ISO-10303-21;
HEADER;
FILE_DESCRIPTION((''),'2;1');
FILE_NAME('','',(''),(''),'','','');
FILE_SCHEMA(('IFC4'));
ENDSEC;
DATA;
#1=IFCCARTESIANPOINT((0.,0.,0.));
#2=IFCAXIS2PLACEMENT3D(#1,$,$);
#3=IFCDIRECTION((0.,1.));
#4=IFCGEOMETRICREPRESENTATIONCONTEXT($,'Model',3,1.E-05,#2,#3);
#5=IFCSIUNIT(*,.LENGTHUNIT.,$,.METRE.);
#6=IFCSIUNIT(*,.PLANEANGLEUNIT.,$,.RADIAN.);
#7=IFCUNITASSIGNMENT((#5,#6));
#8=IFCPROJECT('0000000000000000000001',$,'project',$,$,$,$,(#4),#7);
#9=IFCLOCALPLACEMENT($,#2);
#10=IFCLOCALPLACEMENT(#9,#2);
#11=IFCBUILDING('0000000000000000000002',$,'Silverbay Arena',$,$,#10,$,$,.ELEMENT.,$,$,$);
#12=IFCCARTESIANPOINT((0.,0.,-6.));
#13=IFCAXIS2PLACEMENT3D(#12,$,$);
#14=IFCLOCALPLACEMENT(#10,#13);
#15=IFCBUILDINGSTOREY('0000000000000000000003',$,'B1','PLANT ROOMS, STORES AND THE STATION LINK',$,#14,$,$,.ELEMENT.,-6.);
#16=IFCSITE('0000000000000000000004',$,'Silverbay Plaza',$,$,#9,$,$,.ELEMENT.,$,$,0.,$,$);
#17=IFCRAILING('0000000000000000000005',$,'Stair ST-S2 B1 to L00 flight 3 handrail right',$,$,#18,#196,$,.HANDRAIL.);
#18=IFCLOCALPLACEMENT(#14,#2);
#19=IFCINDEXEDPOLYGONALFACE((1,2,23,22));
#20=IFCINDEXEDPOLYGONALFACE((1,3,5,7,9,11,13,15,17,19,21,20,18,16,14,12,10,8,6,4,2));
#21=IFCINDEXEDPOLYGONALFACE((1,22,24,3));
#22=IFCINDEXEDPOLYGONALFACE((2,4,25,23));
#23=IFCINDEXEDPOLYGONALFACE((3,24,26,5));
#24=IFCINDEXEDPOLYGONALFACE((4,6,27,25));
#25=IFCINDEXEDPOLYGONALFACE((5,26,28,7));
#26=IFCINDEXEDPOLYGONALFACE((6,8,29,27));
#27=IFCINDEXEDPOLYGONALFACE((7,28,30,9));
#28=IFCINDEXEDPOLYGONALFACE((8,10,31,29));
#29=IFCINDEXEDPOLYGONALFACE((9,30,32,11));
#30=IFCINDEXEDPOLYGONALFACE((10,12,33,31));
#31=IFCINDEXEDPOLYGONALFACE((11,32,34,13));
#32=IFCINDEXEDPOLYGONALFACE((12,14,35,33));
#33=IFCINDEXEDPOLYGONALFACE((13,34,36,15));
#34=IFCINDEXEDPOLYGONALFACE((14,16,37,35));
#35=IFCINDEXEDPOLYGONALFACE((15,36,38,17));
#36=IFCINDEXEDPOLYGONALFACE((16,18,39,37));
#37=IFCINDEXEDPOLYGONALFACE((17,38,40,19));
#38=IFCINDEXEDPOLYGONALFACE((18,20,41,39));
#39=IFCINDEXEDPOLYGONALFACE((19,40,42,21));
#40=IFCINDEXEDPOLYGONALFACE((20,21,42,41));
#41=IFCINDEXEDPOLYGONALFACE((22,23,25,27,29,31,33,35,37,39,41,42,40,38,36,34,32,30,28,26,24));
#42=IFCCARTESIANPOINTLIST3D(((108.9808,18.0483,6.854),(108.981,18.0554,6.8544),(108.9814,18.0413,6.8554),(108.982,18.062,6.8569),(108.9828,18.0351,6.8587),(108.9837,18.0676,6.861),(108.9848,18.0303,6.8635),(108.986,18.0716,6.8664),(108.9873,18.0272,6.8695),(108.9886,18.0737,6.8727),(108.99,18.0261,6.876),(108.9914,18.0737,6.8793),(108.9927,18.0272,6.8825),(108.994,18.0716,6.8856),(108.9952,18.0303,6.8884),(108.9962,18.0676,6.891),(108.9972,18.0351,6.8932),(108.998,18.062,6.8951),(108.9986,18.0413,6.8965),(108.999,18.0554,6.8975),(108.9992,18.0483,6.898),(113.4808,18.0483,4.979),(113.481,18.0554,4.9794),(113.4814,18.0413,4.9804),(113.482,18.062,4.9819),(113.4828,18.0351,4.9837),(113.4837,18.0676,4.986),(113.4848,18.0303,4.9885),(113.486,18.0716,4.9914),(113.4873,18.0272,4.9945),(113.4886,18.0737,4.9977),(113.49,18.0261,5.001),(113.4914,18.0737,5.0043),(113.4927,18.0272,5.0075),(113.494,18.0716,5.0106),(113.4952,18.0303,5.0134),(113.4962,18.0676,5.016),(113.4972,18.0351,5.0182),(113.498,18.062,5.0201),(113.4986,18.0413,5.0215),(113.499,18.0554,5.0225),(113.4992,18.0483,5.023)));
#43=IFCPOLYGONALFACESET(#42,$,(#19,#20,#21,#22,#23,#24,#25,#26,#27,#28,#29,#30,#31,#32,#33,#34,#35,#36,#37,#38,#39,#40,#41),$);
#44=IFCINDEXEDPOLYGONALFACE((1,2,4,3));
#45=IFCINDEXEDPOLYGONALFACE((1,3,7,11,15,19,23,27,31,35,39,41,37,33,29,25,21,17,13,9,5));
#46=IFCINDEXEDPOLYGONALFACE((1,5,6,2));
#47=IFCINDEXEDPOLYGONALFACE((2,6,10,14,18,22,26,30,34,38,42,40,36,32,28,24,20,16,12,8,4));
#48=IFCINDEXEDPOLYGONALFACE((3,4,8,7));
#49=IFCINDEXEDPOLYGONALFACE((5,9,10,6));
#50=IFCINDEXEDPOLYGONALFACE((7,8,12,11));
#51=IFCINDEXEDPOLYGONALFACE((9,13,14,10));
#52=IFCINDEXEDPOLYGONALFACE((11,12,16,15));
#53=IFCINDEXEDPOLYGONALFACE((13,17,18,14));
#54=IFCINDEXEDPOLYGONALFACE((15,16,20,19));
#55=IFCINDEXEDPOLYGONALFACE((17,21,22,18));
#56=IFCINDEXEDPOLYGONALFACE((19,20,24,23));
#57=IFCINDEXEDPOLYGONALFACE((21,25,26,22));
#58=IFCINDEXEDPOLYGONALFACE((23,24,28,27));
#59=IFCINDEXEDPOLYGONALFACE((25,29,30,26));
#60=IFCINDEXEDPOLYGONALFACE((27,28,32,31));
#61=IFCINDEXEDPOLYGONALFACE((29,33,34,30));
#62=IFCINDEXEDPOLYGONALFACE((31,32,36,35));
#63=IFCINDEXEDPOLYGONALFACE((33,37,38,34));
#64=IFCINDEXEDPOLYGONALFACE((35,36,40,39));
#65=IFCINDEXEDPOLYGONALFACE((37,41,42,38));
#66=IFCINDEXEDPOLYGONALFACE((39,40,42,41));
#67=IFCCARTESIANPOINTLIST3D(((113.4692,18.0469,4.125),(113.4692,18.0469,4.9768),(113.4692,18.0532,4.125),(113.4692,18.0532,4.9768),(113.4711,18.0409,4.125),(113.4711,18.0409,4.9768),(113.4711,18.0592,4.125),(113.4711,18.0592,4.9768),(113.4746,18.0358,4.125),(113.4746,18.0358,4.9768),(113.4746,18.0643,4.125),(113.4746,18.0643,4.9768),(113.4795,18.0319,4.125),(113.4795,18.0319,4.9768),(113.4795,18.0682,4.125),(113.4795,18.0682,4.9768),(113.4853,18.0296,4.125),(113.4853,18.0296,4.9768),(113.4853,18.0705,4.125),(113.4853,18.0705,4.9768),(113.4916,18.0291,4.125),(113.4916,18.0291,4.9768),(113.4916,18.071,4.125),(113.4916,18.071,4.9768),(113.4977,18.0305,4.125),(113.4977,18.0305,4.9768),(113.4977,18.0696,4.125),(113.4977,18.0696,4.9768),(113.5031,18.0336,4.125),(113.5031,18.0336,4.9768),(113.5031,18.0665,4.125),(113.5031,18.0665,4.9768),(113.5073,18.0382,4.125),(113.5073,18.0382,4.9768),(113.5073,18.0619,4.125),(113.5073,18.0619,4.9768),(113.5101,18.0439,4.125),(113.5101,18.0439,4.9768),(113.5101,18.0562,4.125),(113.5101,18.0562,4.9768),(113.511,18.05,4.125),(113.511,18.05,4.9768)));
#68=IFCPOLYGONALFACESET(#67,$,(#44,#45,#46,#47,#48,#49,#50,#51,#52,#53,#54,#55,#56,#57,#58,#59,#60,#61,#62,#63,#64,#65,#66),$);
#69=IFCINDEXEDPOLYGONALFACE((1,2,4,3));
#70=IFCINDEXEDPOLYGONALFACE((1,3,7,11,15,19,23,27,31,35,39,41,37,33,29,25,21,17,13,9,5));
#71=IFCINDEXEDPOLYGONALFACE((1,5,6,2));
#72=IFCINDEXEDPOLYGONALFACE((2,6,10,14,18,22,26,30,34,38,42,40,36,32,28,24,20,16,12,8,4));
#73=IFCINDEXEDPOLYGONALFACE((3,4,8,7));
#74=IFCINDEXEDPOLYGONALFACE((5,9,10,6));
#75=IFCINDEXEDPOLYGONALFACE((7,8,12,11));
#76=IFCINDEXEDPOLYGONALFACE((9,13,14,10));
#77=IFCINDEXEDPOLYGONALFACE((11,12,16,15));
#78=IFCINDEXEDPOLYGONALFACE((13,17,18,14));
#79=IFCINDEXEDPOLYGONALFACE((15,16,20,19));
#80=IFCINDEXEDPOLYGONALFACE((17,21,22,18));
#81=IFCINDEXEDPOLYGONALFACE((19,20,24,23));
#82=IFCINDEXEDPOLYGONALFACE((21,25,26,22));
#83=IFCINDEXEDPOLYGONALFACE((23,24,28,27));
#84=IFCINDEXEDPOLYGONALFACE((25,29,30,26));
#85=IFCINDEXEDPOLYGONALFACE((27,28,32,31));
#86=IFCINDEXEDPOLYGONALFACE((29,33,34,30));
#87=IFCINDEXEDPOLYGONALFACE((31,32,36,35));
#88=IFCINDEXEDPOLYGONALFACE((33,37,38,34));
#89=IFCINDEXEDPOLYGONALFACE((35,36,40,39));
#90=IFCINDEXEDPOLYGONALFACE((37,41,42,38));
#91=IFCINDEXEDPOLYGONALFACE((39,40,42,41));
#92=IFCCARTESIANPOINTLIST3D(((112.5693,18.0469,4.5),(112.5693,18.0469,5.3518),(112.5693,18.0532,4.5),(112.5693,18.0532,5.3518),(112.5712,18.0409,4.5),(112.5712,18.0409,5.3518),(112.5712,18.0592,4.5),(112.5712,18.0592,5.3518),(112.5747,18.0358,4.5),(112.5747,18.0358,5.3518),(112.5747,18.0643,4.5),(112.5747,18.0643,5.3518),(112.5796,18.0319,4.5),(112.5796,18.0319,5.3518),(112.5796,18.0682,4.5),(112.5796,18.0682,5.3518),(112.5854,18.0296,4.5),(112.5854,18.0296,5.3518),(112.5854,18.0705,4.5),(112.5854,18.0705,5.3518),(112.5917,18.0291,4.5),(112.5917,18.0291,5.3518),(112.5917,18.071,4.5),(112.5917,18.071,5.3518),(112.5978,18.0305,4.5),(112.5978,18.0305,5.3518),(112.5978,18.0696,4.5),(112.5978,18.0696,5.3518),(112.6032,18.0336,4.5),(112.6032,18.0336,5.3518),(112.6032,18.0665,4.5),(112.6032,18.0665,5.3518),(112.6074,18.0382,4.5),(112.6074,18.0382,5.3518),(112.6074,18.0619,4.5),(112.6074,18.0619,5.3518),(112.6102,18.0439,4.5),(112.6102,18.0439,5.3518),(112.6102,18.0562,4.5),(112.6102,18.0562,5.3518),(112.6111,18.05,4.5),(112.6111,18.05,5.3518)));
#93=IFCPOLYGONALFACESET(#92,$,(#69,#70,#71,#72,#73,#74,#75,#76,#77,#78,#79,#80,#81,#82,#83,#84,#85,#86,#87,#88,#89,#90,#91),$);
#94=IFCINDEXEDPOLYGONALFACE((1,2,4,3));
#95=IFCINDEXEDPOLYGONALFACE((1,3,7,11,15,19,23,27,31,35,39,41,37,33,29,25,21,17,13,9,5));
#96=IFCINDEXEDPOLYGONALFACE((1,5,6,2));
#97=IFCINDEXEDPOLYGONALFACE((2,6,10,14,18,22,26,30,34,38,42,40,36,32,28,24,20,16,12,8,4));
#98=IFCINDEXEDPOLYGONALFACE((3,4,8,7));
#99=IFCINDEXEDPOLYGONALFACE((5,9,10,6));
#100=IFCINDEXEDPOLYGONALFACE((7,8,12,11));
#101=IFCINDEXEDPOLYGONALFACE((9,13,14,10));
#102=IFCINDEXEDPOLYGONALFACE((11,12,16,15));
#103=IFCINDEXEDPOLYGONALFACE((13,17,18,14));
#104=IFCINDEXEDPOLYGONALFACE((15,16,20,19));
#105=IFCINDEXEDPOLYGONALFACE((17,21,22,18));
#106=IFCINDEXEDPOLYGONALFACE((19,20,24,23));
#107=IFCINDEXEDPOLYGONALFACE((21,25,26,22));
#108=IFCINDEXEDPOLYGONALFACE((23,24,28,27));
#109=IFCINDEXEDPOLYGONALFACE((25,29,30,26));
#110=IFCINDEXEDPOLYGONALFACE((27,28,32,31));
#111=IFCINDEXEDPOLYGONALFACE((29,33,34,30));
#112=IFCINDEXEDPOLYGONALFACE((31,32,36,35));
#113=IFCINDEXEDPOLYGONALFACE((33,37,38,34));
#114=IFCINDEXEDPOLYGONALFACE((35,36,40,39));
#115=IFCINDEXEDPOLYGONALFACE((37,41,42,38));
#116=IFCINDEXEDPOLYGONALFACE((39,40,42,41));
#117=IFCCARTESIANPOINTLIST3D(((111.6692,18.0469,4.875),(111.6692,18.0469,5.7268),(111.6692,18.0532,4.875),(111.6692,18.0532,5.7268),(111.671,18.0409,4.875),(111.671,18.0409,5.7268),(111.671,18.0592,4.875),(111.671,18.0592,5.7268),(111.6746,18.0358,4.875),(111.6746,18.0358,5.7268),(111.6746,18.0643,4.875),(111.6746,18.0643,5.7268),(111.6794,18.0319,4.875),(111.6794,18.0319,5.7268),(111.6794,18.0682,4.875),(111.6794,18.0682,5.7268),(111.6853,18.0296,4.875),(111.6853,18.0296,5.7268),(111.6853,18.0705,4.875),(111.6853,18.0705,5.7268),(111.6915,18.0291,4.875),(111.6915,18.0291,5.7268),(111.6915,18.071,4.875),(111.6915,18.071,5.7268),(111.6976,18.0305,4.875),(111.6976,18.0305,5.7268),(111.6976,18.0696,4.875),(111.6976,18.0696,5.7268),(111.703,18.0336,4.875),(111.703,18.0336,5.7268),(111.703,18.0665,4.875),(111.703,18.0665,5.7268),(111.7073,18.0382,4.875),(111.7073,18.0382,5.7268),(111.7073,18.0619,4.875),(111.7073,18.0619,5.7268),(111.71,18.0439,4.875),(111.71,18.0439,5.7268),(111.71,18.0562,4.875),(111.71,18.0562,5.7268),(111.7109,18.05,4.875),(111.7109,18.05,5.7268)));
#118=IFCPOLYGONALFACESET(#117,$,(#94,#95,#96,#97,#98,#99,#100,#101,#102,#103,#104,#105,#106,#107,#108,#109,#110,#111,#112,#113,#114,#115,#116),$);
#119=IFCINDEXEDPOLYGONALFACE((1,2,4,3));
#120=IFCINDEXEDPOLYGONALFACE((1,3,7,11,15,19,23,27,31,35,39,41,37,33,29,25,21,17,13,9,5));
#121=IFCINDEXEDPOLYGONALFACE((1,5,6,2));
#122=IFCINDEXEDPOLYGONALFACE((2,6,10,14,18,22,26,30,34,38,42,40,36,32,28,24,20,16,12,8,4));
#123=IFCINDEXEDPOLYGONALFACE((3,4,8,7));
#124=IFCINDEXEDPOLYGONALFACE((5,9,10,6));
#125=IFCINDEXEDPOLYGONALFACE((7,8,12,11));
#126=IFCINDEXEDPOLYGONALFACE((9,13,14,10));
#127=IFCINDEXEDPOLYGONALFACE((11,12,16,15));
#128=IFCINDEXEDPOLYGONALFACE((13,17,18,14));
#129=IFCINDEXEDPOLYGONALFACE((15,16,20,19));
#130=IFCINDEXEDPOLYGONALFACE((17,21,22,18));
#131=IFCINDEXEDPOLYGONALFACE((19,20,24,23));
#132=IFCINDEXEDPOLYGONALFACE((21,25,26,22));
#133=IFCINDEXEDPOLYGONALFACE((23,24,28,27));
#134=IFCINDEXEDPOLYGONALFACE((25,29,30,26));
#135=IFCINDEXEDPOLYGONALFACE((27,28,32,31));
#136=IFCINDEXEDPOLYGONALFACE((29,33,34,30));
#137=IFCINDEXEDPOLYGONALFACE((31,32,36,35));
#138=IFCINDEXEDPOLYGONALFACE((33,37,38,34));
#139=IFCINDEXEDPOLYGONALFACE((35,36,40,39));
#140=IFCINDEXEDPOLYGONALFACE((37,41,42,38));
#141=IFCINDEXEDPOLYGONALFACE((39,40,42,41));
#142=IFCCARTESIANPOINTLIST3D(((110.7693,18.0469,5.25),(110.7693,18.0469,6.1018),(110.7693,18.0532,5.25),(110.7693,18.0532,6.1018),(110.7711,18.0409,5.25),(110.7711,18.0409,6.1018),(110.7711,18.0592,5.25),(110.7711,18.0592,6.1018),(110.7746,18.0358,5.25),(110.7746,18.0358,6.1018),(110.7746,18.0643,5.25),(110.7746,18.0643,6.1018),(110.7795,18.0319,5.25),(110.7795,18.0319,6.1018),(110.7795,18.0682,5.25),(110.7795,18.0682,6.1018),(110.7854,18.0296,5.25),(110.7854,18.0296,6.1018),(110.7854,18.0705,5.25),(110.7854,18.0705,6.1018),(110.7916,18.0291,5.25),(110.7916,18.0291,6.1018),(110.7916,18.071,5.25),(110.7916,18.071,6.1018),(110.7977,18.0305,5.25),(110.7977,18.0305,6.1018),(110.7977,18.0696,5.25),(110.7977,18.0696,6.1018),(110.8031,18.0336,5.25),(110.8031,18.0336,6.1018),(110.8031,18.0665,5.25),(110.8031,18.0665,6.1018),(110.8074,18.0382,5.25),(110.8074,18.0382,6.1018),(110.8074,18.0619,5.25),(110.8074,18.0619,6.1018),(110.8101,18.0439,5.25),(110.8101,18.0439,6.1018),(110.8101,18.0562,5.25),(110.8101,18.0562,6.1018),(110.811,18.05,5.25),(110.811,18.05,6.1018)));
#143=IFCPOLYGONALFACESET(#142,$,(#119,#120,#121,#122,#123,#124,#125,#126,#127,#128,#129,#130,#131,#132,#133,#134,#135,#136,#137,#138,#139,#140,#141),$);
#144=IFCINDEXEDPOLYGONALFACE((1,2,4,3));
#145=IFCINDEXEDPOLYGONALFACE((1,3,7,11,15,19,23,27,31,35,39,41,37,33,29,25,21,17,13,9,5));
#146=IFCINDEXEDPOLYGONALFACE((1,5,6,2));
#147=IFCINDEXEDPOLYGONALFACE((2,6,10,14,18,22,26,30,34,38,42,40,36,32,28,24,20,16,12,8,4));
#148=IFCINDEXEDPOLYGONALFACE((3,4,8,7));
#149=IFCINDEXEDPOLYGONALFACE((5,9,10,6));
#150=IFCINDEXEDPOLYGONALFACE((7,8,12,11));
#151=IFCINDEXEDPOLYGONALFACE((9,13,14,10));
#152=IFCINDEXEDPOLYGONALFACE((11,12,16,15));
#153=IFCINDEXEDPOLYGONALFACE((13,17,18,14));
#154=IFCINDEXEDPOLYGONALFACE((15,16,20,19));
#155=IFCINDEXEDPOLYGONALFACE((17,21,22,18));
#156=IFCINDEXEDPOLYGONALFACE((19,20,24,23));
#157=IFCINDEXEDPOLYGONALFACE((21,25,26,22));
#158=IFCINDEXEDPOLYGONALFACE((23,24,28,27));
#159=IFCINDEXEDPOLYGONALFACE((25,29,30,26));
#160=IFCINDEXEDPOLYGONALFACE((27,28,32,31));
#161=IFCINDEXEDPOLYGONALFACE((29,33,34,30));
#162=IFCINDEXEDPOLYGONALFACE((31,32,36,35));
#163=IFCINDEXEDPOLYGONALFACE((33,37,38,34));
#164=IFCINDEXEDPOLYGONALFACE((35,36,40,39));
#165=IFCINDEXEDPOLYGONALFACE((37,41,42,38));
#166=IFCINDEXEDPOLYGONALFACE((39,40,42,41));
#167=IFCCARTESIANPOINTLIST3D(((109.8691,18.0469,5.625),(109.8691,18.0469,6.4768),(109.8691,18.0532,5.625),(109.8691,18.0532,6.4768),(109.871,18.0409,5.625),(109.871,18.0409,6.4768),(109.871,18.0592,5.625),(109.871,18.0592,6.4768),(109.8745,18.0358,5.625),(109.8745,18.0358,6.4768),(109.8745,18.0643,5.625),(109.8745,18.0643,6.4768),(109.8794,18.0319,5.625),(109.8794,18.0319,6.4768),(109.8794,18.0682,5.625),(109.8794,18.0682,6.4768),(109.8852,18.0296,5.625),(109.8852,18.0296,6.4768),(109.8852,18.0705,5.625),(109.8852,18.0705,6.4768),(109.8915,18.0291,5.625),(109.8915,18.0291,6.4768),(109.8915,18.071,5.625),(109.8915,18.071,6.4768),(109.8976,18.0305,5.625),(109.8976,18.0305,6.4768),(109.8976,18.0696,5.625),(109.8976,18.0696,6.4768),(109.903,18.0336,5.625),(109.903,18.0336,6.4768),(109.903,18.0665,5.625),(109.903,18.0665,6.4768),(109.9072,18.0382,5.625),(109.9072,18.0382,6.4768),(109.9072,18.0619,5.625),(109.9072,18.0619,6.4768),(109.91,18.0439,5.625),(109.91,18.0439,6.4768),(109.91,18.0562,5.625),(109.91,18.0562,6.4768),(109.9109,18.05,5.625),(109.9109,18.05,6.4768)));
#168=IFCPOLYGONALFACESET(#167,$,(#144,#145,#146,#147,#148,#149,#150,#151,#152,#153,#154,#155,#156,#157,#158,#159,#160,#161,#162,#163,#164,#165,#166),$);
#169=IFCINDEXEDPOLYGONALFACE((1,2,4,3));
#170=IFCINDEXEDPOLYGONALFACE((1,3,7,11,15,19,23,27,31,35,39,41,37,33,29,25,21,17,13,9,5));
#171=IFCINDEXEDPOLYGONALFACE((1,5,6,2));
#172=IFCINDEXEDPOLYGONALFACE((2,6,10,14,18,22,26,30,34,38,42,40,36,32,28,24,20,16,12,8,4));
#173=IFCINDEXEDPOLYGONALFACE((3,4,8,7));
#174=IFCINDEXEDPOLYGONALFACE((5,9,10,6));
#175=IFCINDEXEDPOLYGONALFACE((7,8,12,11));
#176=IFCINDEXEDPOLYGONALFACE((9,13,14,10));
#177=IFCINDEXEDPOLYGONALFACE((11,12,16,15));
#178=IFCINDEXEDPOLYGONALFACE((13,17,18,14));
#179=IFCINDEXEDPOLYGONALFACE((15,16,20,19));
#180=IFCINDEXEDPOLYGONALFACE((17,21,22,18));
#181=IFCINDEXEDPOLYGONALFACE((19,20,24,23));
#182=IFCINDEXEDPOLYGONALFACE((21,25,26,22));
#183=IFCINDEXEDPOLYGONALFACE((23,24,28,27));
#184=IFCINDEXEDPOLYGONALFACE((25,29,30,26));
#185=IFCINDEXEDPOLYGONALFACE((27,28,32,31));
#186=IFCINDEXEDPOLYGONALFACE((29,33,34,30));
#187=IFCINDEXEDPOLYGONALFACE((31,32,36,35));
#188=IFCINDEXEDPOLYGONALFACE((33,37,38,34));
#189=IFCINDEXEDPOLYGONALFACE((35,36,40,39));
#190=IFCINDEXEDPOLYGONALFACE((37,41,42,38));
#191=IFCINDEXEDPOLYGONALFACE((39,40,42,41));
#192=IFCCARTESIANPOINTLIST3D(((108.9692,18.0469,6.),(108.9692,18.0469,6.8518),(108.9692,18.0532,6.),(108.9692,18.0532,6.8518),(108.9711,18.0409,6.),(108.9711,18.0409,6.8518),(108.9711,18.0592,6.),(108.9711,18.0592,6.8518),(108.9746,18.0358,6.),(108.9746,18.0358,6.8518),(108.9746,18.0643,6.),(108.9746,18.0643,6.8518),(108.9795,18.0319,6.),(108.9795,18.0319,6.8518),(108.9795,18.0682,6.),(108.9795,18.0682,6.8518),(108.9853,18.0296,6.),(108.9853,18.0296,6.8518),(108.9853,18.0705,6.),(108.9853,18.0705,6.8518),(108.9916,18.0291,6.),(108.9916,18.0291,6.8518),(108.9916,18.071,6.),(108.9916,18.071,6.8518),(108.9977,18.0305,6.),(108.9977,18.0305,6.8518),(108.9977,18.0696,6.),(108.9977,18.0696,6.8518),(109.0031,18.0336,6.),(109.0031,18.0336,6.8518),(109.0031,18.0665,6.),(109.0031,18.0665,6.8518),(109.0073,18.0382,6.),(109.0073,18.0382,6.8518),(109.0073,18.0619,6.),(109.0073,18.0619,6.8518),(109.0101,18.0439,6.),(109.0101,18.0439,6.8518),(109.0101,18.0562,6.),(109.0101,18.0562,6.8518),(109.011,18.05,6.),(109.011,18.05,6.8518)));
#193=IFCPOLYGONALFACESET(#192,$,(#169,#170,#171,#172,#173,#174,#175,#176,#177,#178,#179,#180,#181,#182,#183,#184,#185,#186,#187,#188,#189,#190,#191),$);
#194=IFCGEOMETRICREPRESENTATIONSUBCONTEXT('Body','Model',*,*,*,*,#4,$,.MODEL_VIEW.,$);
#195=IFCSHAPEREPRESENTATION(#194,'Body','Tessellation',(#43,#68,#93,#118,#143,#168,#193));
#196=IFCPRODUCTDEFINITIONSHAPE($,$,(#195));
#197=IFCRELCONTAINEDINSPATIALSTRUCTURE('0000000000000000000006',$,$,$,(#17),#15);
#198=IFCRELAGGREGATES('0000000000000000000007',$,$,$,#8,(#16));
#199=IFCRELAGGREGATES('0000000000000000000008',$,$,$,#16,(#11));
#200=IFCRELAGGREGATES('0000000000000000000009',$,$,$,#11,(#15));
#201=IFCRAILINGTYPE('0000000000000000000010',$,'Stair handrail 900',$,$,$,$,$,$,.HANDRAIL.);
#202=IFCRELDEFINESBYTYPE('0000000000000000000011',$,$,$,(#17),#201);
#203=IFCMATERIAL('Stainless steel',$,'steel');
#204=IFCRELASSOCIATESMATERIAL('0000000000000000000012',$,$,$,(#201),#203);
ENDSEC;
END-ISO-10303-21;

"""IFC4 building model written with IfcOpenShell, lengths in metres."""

from ifc_helpers import new_model, si_unit, direction, frame, origin, origin_2d, place, context, subcontext, project, spatial, circle, extrude, material, type_object, element, save


model = new_model("IFC4")

# Units and contexts
model_context = context("Model", 3, precision=1e-05, world=origin(), true_north=direction((0.0, 1.0)))
body_context = subcontext(model_context, "Body", "Model", "MODEL_VIEW")
ifc_project = project(units=[si_unit("LENGTHUNIT", "METRE"), si_unit("PLANEANGLEUNIT", "RADIAN")], contexts=[model_context])

# Site, building, storey
site_placement = place(None, origin())
site = spatial("IfcSite", under=ifc_project, at=site_placement, Name="Silverbay Plaza", CompositionType="ELEMENT", RefElevation=0.0)
building_placement = place(site_placement, origin())
building = spatial("IfcBuilding", under=site, at=building_placement, Name="Silverbay Arena", CompositionType="ELEMENT")
storey_placement = place(building_placement, frame((0.0, 0.0, -6.0)))
storey = spatial("IfcBuildingStorey", under=building, at=storey_placement, Name="B1", Description="PLANT ROOMS, STORES AND THE STATION LINK", CompositionType="ELEMENT", Elevation=-6.0)

# Railing
ifc_material_1 = material(Name="Stainless steel", Category="steel")
railing_type_1 = type_object("IfcRailingType", Name="Stair handrail 900", PredefinedType="HANDRAIL", material=ifc_material_1)
for number, where, name in (
    (1, (113.49, 18.05, 4.125), "Stair ST-S2 B1 to L00 flight 3 handrail right"),
):
    element("IfcRailing", number, at=place(storey_placement, frame(where)), inside=storey, type_object=railing_type_1, Name=name, PredefinedType="HANDRAIL", context=body_context, shape_type="SweptSolid", body=[
        extrude(circle(Radius=0.0239, at=origin_2d()), frame((0.0, 0.0, 0.876), z_axis=(-0.923077, 0.0, 0.384615), x_axis=(0.0, -1.0, 0.0)), (0.0, 0.0, 1.0), 4.875),
        extrude(circle(Radius=0.021, at=origin_2d()), origin(), (0.0, 0.0, 1.0), 0.8518),
        extrude(circle(Radius=0.021, at=origin_2d()), frame((-0.8999, 0.0, 0.375)), (0.0, 0.0, 1.0), 0.8518),
        extrude(circle(Radius=0.021, at=origin_2d()), frame((-1.8, 0.0, 0.75)), (0.0, 0.0, 1.0), 0.8518),
        extrude(circle(Radius=0.021, at=origin_2d()), frame((-2.7, 0.0, 1.125)), (0.0, 0.0, 1.0), 0.8518),
        extrude(circle(Radius=0.021, at=origin_2d()), frame((-3.6001, 0.0, 1.5)), (0.0, 0.0, 1.0), 0.8518),
        extrude(circle(Radius=0.021, at=origin_2d()), frame((-4.5, 0.0, 1.875)), (0.0, 0.0, 1.0), 0.8518),
    ])

save(model, "model.ifc")
